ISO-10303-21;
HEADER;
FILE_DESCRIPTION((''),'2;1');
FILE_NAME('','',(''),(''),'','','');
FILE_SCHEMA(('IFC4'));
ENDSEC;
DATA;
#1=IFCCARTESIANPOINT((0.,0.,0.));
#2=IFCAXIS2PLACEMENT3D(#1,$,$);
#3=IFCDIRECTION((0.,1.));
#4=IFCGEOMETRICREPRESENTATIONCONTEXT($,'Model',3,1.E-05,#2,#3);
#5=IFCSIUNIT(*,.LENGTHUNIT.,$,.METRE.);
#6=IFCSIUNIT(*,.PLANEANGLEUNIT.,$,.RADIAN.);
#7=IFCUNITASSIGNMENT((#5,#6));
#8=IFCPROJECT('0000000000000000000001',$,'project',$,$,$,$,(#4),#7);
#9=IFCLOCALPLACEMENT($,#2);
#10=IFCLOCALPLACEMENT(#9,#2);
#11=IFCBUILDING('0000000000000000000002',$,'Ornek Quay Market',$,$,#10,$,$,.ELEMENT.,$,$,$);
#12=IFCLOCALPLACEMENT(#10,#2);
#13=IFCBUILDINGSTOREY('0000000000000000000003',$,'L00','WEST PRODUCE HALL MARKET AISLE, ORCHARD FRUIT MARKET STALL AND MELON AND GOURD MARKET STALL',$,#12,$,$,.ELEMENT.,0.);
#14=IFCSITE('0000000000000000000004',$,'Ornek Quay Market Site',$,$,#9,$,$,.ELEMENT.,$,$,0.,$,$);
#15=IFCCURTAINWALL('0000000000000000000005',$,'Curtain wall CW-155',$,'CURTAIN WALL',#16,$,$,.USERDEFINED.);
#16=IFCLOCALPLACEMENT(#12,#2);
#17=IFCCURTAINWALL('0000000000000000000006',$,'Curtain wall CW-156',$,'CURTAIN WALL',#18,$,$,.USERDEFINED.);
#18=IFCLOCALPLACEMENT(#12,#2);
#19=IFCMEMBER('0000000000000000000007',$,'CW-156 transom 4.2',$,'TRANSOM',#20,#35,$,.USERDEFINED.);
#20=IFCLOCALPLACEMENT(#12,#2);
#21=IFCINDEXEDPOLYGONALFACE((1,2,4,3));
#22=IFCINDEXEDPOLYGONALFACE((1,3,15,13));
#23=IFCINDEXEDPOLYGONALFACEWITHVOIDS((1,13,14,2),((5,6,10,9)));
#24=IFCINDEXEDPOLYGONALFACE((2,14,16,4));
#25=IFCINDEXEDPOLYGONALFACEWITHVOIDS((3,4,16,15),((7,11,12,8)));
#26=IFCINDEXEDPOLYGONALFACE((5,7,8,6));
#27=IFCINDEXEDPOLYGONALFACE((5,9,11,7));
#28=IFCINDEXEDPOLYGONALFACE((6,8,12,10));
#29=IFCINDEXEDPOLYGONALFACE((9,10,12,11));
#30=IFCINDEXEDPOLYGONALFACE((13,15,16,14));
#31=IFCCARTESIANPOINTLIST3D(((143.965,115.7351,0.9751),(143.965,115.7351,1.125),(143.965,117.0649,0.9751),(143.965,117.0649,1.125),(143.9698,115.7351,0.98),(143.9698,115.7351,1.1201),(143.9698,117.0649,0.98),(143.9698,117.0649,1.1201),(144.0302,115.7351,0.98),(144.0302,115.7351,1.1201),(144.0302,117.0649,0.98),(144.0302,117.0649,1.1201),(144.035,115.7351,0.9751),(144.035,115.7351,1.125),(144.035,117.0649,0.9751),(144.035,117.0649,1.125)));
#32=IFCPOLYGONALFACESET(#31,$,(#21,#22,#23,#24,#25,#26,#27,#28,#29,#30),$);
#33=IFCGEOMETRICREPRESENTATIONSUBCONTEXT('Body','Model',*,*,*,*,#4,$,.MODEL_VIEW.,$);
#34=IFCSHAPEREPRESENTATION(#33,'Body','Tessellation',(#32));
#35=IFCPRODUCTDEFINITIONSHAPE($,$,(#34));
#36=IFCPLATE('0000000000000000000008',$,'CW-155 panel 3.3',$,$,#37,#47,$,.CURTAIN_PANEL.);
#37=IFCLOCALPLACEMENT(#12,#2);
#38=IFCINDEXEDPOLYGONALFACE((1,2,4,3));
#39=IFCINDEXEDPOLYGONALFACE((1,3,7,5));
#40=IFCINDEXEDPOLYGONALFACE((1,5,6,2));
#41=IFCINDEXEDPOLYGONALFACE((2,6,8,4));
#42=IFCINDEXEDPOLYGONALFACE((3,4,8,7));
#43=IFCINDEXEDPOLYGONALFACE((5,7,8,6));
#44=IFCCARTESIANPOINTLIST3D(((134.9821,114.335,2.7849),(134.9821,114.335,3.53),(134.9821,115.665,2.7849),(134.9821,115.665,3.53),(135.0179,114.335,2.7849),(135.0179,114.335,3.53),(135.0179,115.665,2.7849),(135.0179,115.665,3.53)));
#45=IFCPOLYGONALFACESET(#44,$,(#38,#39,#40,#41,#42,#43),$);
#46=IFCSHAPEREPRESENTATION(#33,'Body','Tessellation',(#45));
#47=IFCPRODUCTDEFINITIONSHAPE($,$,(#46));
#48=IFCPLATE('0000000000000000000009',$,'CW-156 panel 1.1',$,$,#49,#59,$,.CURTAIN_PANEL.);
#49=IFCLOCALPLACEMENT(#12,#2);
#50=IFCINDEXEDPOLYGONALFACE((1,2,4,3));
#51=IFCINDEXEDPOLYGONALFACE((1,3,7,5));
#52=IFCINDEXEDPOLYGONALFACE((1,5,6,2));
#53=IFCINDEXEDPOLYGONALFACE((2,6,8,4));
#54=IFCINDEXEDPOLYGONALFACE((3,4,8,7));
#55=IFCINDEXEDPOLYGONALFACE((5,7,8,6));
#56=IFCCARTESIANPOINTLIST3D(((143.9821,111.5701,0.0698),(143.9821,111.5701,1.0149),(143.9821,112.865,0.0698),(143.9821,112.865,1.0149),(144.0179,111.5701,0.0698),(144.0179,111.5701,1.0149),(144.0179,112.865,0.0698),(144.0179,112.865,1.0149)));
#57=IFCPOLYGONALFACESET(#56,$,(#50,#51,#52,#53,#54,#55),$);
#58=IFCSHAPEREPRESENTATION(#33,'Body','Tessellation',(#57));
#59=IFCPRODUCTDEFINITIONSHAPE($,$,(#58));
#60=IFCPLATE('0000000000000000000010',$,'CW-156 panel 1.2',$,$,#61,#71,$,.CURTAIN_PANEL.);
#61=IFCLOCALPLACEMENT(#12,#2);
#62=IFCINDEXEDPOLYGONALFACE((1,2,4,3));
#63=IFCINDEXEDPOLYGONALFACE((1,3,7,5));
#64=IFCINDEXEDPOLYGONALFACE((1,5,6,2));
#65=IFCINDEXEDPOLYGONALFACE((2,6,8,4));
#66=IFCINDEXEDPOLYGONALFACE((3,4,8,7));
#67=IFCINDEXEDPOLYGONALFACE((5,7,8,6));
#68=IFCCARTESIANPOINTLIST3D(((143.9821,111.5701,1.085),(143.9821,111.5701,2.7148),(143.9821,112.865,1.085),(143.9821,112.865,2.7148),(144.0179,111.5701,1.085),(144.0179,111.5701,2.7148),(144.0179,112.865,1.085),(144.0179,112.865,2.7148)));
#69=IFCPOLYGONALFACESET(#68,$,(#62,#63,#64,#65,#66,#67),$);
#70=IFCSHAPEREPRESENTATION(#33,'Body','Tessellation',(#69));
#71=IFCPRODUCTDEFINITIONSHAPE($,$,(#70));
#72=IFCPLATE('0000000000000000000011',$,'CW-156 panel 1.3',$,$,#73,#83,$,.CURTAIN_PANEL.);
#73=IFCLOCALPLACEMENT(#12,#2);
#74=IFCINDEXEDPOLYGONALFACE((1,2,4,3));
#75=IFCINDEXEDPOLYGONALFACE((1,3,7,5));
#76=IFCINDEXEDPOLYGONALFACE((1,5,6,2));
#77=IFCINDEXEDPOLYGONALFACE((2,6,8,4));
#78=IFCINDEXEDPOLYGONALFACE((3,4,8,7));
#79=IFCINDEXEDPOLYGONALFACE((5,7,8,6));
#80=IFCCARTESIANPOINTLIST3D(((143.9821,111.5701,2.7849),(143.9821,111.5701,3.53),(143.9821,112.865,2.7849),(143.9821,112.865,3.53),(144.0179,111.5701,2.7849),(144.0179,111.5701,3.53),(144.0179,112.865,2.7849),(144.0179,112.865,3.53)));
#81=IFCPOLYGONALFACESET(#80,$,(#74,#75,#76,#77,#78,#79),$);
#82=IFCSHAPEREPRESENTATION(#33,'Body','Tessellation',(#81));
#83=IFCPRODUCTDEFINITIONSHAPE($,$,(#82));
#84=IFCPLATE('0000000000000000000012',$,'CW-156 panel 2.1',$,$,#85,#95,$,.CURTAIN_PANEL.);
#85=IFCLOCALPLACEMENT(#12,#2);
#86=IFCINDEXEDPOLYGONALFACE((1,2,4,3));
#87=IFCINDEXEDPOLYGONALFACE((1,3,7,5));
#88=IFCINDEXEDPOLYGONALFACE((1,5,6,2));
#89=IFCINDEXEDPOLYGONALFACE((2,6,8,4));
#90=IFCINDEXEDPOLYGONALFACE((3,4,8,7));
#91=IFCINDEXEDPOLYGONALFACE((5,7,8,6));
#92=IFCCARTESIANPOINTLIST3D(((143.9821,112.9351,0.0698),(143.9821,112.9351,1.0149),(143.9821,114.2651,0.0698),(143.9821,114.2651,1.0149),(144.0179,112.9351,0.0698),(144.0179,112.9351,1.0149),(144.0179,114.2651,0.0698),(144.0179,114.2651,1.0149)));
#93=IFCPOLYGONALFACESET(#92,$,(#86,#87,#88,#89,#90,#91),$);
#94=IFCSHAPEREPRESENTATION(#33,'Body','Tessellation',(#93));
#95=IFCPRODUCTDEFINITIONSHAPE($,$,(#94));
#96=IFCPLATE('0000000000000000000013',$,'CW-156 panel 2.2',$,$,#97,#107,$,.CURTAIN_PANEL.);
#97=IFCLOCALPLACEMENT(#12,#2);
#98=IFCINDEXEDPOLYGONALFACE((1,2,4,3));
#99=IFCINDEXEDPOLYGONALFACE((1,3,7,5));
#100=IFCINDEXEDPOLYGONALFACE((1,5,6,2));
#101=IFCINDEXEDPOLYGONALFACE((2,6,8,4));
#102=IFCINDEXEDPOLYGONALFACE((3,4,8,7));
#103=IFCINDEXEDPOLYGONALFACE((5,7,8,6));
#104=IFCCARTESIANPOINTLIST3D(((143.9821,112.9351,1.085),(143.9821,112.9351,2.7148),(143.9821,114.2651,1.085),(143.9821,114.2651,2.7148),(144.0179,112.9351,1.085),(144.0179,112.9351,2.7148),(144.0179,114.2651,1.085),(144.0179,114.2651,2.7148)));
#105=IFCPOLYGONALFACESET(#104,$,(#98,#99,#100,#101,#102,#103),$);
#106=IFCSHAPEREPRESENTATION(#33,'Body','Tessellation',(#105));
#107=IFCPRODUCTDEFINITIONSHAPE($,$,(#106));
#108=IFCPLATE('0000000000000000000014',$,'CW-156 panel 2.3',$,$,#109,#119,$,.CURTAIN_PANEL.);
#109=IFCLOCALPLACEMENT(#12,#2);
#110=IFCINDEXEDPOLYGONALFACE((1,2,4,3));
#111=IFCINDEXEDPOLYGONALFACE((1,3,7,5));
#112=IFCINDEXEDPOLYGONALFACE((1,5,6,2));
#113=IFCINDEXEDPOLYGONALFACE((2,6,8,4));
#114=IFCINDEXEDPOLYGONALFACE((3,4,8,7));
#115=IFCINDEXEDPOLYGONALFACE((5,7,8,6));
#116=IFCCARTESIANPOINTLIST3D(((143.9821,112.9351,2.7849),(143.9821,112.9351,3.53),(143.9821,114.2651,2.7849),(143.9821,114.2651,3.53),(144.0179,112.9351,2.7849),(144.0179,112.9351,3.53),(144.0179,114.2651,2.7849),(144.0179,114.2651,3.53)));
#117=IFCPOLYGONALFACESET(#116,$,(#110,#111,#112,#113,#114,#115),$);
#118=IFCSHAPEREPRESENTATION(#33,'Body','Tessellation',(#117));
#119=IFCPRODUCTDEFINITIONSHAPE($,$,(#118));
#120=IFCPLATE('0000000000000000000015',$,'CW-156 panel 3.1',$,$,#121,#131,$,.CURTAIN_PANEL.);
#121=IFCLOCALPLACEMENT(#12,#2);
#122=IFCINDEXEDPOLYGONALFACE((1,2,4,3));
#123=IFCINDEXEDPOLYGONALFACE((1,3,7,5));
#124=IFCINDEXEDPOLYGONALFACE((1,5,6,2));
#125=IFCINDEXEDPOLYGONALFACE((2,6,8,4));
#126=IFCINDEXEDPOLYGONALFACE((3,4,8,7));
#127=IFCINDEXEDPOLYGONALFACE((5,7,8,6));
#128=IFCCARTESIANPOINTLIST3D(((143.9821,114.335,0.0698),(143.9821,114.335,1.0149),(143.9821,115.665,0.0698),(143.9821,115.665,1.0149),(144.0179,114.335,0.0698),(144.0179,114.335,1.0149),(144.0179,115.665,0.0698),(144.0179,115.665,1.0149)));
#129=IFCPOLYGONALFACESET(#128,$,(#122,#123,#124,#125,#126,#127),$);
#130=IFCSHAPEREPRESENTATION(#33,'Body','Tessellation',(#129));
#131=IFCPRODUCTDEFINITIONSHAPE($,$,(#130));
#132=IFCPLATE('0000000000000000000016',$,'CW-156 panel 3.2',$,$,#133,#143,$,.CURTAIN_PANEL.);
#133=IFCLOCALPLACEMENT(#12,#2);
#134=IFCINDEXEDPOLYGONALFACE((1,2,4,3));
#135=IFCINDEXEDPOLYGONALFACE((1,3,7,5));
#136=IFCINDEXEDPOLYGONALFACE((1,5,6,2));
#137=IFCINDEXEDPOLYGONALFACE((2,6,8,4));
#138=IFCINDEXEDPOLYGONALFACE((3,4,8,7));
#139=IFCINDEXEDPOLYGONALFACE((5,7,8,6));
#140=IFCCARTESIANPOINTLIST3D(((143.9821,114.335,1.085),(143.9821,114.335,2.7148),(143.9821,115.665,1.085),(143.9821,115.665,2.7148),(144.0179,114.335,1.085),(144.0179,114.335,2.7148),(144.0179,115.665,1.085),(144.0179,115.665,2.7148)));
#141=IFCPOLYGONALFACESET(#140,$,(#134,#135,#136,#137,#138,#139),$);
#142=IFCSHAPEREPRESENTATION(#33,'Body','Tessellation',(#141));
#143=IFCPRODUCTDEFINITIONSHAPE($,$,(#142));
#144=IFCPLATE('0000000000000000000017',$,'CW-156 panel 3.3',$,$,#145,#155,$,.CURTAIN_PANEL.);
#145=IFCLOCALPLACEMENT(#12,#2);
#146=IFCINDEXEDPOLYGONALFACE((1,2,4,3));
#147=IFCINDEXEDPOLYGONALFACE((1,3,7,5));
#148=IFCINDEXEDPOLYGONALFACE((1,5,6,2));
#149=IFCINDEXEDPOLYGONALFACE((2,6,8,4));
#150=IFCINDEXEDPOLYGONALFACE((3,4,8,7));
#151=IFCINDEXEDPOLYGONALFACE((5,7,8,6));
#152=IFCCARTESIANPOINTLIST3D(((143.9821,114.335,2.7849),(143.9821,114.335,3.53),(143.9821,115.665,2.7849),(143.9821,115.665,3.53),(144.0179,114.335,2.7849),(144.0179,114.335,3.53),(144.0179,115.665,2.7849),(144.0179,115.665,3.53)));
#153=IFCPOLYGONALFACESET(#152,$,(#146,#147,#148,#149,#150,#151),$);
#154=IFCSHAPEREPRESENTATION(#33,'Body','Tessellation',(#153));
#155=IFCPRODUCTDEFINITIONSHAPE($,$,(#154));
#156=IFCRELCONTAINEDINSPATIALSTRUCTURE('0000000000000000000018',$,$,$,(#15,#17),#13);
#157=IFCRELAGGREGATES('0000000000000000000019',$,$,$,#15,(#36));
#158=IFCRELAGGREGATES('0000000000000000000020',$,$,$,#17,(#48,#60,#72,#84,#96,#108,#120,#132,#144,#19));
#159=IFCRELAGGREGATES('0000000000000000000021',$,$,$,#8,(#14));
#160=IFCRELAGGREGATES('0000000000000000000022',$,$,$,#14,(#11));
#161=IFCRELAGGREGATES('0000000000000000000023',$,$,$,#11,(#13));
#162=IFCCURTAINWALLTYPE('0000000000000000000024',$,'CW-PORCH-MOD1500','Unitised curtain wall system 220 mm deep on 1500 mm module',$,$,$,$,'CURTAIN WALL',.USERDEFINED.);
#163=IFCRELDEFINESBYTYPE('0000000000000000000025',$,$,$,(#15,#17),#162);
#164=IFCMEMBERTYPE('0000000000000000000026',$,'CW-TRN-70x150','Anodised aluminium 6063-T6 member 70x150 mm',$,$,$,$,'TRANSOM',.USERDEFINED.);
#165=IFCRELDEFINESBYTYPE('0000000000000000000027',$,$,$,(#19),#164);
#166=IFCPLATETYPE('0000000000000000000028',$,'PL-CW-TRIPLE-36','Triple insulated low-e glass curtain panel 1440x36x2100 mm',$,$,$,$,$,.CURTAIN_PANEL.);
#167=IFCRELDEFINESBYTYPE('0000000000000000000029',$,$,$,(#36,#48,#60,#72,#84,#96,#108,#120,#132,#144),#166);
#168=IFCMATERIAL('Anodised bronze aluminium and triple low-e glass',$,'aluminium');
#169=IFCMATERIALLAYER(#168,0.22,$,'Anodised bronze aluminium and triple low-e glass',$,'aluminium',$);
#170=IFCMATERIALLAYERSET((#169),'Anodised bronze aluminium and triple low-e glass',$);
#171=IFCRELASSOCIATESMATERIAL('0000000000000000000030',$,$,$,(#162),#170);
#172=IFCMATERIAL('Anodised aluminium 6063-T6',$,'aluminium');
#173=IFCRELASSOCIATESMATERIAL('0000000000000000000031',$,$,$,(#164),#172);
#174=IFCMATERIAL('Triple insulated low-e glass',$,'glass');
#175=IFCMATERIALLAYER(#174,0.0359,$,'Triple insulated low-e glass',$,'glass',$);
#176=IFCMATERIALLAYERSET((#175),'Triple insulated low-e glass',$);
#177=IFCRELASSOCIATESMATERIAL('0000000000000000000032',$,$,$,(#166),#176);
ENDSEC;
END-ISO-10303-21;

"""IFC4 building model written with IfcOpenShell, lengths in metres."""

from ifc_helpers import new_model, si_unit, direction, frame, origin, origin_2d, place, context, subcontext, project, spatial, rectangle, hollow_rectangle, extrude, material, layer, layer_set, material_profile, profile_set, type_object, element, aggregate, save


model = new_model("IFC4")

# Units and contexts
model_context = context("Model", 3, precision=1e-05, world=origin(), true_north=direction((0.0, 1.0)))
body_context = subcontext(model_context, "Body", "Model", "MODEL_VIEW")
ifc_project = project(units=[si_unit("LENGTHUNIT", "METRE"), si_unit("PLANEANGLEUNIT", "RADIAN")], contexts=[model_context])

# Site, building, storey
site_placement = place(None, origin())
site = spatial("IfcSite", under=ifc_project, at=site_placement, Name="Ornek Quay Market Site", CompositionType="ELEMENT", RefElevation=0.0)
building_placement = place(site_placement, origin())
building = spatial("IfcBuilding", under=site, at=building_placement, Name="Ornek Quay Market", CompositionType="ELEMENT")
storey_placement = place(building_placement, origin())
storey = spatial("IfcBuildingStorey", under=building, at=storey_placement, Name="L00", Description="WEST PRODUCE HALL MARKET AISLE, ORCHARD FRUIT MARKET STALL AND MELON AND GOURD MARKET STALL", CompositionType="ELEMENT", Elevation=0.0)

# Curtain wall
ifc_material_1 = material(Name="Anodised bronze aluminium and triple low-e glass", Category="aluminium")
ifc_layer_1 = layer(ifc_material_1, 0.22, Name="Anodised bronze aluminium and triple low-e glass", Category="aluminium")
ifc_layer_set_1 = layer_set([ifc_layer_1], Name="Anodised bronze aluminium and triple low-e glass")
curtain_wall_type = type_object("IfcCurtainWallType", Name="CW-PORCH-MOD1500", Description="Unitised curtain wall system 220 mm deep on 1500 mm module", ElementType="CURTAIN WALL", PredefinedType="USERDEFINED", material=ifc_layer_set_1)
curtain_wall_1_placement = place(storey_placement, origin())
curtain_wall_1 = element("IfcCurtainWall", 1, at=curtain_wall_1_placement, inside=storey, type_object=curtain_wall_type, Name="Curtain wall CW-155", ObjectType="CURTAIN WALL", PredefinedType="USERDEFINED")
ifc_material_2 = material(Name="Anodised aluminium 6063-T6", Category="aluminium")

# Curtain wall
curtain_wall_2_placement = place(storey_placement, origin())
curtain_wall_2 = element("IfcCurtainWall", 2, at=curtain_wall_2_placement, inside=storey, type_object=curtain_wall_type, Name="Curtain wall CW-156", ObjectType="CURTAIN WALL", PredefinedType="USERDEFINED")

# Member
ifc_material_profile_1 = material_profile(ifc_material_2, hollow_rectangle(XDim=0.0701, YDim=0.1499, WallThickness=0.0049, at=origin_2d()), Name="CW-TRN-70x150", Category="aluminium")
ifc_profile_set_1 = profile_set([ifc_material_profile_1], Name="Anodised aluminium 6063-T6")
member_type_1 = type_object("IfcMemberType", Name="CW-TRN-70x150", Description="Anodised aluminium 6063-T6 member 70x150 mm", ElementType="TRANSOM", PredefinedType="USERDEFINED", material=ifc_profile_set_1)
member_1_placement = place(storey_placement, frame((144.0, 115.7351, 1.05), z_axis=(0.0, 1.0, 0.0), x_axis=(-1.0, 0.0, 0.0)))
member_1 = element("IfcMember", 3, at=member_1_placement, type_object=member_type_1, Name="CW-156 transom 4.2", ObjectType="TRANSOM", PredefinedType="USERDEFINED", context=body_context, shape_type="SweptSolid", body=[
    extrude(hollow_rectangle(XDim=0.0701, YDim=0.1499, WallThickness=0.0049, at=origin_2d()), origin(), (0.0, 0.0, 1.0), 1.3298),
])

# Plates
ifc_material_3 = material(Name="Triple insulated low-e glass", Category="glass")
ifc_layer_2 = layer(ifc_material_3, 0.0359, Name="Triple insulated low-e glass", Category="glass")
ifc_layer_set_2 = layer_set([ifc_layer_2], Name="Triple insulated low-e glass")
plate_type = type_object("IfcPlateType", Name="PL-CW-TRIPLE-36", Description="Triple insulated low-e glass curtain panel 1440x36x2100 mm", PredefinedType="CURTAIN_PANEL", material=ifc_layer_set_2)
plate_1_placement = place(storey_placement, frame((135.0, 115.0, 2.7849), z_axis=(0.0, 0.0, 1.0), x_axis=(0.0, 1.0, 0.0)))
plate_1 = element("IfcPlate", 4, at=plate_1_placement, type_object=plate_type, Name="CW-155 panel 3.3", PredefinedType="CURTAIN_PANEL", context=body_context, shape_type="SweptSolid", body=[
    extrude(rectangle(XDim=1.3301, YDim=0.0359, at=origin_2d()), origin(), (0.0, 0.0, 1.0), 0.7451),
])
aggregate(curtain_wall_1, [plate_1])
plate_2_placement = place(storey_placement, frame((144.0, 112.2175, 0.0698), z_axis=(0.0, 0.0, 1.0), x_axis=(0.0, 1.0, 0.0)))
plate_2 = element("IfcPlate", 5, at=plate_2_placement, type_object=plate_type, Name="CW-156 panel 1.1", PredefinedType="CURTAIN_PANEL", context=body_context, shape_type="SweptSolid", body=[
    extrude(rectangle(XDim=1.2949, YDim=0.0359, at=origin_2d()), origin(), (0.0, 0.0, 1.0), 0.9451),
])
plate_3_placement = place(storey_placement, frame((144.0, 112.2175, 1.085), z_axis=(0.0, 0.0, 1.0), x_axis=(0.0, 1.0, 0.0)))
plate_3 = element("IfcPlate", 6, at=plate_3_placement, type_object=plate_type, Name="CW-156 panel 1.2", PredefinedType="CURTAIN_PANEL", context=body_context, shape_type="SweptSolid", body=[
    extrude(rectangle(XDim=1.2949, YDim=0.0359, at=origin_2d()), origin(), (0.0, 0.0, 1.0), 1.6299),
])
plate_4_placement = place(storey_placement, frame((144.0, 112.2175, 2.7849), z_axis=(0.0, 0.0, 1.0), x_axis=(0.0, 1.0, 0.0)))
plate_4 = element("IfcPlate", 7, at=plate_4_placement, type_object=plate_type, Name="CW-156 panel 1.3", PredefinedType="CURTAIN_PANEL", context=body_context, shape_type="SweptSolid", body=[
    extrude(rectangle(XDim=1.2949, YDim=0.0359, at=origin_2d()), origin(), (0.0, 0.0, 1.0), 0.7451),
])
plate_5_placement = place(storey_placement, frame((144.0, 113.6001, 0.0698), z_axis=(0.0, 0.0, 1.0), x_axis=(0.0, 1.0, 0.0)))
plate_5 = element("IfcPlate", 8, at=plate_5_placement, type_object=plate_type, Name="CW-156 panel 2.1", PredefinedType="CURTAIN_PANEL", context=body_context, shape_type="SweptSolid", body=[
    extrude(rectangle(XDim=1.3301, YDim=0.0359, at=origin_2d()), origin(), (0.0, 0.0, 1.0), 0.9451),
])
plate_6_placement = place(storey_placement, frame((144.0, 113.6001, 1.085), z_axis=(0.0, 0.0, 1.0), x_axis=(0.0, 1.0, 0.0)))
plate_6 = element("IfcPlate", 9, at=plate_6_placement, type_object=plate_type, Name="CW-156 panel 2.2", PredefinedType="CURTAIN_PANEL", context=body_context, shape_type="SweptSolid", body=[
    extrude(rectangle(XDim=1.3301, YDim=0.0359, at=origin_2d()), origin(), (0.0, 0.0, 1.0), 1.6299),
])
plate_7_placement = place(storey_placement, frame((144.0, 113.6001, 2.7849), z_axis=(0.0, 0.0, 1.0), x_axis=(0.0, 1.0, 0.0)))
plate_7 = element("IfcPlate", 10, at=plate_7_placement, type_object=plate_type, Name="CW-156 panel 2.3", PredefinedType="CURTAIN_PANEL", context=body_context, shape_type="SweptSolid", body=[
    extrude(rectangle(XDim=1.3301, YDim=0.0359, at=origin_2d()), origin(), (0.0, 0.0, 1.0), 0.7451),
])
plate_8_placement = place(storey_placement, frame((144.0, 115.0, 0.0698), z_axis=(0.0, 0.0, 1.0), x_axis=(0.0, 1.0, 0.0)))
plate_8 = element("IfcPlate", 11, at=plate_8_placement, type_object=plate_type, Name="CW-156 panel 3.1", PredefinedType="CURTAIN_PANEL", context=body_context, shape_type="SweptSolid", body=[
    extrude(rectangle(XDim=1.3301, YDim=0.0359, at=origin_2d()), origin(), (0.0, 0.0, 1.0), 0.9451),
])
plate_9_placement = place(storey_placement, frame((144.0, 115.0, 1.085), z_axis=(0.0, 0.0, 1.0), x_axis=(0.0, 1.0, 0.0)))
plate_9 = element("IfcPlate", 12, at=plate_9_placement, type_object=plate_type, Name="CW-156 panel 3.2", PredefinedType="CURTAIN_PANEL", context=body_context, shape_type="SweptSolid", body=[
    extrude(rectangle(XDim=1.3301, YDim=0.0359, at=origin_2d()), origin(), (0.0, 0.0, 1.0), 1.6299),
])
plate_10_placement = place(storey_placement, frame((144.0, 115.0, 2.7849), z_axis=(0.0, 0.0, 1.0), x_axis=(0.0, 1.0, 0.0)))
plate_10 = element("IfcPlate", 13, at=plate_10_placement, type_object=plate_type, Name="CW-156 panel 3.3", PredefinedType="CURTAIN_PANEL", context=body_context, shape_type="SweptSolid", body=[
    extrude(rectangle(XDim=1.3301, YDim=0.0359, at=origin_2d()), origin(), (0.0, 0.0, 1.0), 0.7451),
])
aggregate(curtain_wall_2, [plate_2, plate_3, plate_4, plate_5, plate_6, plate_7, plate_8, plate_9, plate_10, member_1])

save(model, "model.ifc")
